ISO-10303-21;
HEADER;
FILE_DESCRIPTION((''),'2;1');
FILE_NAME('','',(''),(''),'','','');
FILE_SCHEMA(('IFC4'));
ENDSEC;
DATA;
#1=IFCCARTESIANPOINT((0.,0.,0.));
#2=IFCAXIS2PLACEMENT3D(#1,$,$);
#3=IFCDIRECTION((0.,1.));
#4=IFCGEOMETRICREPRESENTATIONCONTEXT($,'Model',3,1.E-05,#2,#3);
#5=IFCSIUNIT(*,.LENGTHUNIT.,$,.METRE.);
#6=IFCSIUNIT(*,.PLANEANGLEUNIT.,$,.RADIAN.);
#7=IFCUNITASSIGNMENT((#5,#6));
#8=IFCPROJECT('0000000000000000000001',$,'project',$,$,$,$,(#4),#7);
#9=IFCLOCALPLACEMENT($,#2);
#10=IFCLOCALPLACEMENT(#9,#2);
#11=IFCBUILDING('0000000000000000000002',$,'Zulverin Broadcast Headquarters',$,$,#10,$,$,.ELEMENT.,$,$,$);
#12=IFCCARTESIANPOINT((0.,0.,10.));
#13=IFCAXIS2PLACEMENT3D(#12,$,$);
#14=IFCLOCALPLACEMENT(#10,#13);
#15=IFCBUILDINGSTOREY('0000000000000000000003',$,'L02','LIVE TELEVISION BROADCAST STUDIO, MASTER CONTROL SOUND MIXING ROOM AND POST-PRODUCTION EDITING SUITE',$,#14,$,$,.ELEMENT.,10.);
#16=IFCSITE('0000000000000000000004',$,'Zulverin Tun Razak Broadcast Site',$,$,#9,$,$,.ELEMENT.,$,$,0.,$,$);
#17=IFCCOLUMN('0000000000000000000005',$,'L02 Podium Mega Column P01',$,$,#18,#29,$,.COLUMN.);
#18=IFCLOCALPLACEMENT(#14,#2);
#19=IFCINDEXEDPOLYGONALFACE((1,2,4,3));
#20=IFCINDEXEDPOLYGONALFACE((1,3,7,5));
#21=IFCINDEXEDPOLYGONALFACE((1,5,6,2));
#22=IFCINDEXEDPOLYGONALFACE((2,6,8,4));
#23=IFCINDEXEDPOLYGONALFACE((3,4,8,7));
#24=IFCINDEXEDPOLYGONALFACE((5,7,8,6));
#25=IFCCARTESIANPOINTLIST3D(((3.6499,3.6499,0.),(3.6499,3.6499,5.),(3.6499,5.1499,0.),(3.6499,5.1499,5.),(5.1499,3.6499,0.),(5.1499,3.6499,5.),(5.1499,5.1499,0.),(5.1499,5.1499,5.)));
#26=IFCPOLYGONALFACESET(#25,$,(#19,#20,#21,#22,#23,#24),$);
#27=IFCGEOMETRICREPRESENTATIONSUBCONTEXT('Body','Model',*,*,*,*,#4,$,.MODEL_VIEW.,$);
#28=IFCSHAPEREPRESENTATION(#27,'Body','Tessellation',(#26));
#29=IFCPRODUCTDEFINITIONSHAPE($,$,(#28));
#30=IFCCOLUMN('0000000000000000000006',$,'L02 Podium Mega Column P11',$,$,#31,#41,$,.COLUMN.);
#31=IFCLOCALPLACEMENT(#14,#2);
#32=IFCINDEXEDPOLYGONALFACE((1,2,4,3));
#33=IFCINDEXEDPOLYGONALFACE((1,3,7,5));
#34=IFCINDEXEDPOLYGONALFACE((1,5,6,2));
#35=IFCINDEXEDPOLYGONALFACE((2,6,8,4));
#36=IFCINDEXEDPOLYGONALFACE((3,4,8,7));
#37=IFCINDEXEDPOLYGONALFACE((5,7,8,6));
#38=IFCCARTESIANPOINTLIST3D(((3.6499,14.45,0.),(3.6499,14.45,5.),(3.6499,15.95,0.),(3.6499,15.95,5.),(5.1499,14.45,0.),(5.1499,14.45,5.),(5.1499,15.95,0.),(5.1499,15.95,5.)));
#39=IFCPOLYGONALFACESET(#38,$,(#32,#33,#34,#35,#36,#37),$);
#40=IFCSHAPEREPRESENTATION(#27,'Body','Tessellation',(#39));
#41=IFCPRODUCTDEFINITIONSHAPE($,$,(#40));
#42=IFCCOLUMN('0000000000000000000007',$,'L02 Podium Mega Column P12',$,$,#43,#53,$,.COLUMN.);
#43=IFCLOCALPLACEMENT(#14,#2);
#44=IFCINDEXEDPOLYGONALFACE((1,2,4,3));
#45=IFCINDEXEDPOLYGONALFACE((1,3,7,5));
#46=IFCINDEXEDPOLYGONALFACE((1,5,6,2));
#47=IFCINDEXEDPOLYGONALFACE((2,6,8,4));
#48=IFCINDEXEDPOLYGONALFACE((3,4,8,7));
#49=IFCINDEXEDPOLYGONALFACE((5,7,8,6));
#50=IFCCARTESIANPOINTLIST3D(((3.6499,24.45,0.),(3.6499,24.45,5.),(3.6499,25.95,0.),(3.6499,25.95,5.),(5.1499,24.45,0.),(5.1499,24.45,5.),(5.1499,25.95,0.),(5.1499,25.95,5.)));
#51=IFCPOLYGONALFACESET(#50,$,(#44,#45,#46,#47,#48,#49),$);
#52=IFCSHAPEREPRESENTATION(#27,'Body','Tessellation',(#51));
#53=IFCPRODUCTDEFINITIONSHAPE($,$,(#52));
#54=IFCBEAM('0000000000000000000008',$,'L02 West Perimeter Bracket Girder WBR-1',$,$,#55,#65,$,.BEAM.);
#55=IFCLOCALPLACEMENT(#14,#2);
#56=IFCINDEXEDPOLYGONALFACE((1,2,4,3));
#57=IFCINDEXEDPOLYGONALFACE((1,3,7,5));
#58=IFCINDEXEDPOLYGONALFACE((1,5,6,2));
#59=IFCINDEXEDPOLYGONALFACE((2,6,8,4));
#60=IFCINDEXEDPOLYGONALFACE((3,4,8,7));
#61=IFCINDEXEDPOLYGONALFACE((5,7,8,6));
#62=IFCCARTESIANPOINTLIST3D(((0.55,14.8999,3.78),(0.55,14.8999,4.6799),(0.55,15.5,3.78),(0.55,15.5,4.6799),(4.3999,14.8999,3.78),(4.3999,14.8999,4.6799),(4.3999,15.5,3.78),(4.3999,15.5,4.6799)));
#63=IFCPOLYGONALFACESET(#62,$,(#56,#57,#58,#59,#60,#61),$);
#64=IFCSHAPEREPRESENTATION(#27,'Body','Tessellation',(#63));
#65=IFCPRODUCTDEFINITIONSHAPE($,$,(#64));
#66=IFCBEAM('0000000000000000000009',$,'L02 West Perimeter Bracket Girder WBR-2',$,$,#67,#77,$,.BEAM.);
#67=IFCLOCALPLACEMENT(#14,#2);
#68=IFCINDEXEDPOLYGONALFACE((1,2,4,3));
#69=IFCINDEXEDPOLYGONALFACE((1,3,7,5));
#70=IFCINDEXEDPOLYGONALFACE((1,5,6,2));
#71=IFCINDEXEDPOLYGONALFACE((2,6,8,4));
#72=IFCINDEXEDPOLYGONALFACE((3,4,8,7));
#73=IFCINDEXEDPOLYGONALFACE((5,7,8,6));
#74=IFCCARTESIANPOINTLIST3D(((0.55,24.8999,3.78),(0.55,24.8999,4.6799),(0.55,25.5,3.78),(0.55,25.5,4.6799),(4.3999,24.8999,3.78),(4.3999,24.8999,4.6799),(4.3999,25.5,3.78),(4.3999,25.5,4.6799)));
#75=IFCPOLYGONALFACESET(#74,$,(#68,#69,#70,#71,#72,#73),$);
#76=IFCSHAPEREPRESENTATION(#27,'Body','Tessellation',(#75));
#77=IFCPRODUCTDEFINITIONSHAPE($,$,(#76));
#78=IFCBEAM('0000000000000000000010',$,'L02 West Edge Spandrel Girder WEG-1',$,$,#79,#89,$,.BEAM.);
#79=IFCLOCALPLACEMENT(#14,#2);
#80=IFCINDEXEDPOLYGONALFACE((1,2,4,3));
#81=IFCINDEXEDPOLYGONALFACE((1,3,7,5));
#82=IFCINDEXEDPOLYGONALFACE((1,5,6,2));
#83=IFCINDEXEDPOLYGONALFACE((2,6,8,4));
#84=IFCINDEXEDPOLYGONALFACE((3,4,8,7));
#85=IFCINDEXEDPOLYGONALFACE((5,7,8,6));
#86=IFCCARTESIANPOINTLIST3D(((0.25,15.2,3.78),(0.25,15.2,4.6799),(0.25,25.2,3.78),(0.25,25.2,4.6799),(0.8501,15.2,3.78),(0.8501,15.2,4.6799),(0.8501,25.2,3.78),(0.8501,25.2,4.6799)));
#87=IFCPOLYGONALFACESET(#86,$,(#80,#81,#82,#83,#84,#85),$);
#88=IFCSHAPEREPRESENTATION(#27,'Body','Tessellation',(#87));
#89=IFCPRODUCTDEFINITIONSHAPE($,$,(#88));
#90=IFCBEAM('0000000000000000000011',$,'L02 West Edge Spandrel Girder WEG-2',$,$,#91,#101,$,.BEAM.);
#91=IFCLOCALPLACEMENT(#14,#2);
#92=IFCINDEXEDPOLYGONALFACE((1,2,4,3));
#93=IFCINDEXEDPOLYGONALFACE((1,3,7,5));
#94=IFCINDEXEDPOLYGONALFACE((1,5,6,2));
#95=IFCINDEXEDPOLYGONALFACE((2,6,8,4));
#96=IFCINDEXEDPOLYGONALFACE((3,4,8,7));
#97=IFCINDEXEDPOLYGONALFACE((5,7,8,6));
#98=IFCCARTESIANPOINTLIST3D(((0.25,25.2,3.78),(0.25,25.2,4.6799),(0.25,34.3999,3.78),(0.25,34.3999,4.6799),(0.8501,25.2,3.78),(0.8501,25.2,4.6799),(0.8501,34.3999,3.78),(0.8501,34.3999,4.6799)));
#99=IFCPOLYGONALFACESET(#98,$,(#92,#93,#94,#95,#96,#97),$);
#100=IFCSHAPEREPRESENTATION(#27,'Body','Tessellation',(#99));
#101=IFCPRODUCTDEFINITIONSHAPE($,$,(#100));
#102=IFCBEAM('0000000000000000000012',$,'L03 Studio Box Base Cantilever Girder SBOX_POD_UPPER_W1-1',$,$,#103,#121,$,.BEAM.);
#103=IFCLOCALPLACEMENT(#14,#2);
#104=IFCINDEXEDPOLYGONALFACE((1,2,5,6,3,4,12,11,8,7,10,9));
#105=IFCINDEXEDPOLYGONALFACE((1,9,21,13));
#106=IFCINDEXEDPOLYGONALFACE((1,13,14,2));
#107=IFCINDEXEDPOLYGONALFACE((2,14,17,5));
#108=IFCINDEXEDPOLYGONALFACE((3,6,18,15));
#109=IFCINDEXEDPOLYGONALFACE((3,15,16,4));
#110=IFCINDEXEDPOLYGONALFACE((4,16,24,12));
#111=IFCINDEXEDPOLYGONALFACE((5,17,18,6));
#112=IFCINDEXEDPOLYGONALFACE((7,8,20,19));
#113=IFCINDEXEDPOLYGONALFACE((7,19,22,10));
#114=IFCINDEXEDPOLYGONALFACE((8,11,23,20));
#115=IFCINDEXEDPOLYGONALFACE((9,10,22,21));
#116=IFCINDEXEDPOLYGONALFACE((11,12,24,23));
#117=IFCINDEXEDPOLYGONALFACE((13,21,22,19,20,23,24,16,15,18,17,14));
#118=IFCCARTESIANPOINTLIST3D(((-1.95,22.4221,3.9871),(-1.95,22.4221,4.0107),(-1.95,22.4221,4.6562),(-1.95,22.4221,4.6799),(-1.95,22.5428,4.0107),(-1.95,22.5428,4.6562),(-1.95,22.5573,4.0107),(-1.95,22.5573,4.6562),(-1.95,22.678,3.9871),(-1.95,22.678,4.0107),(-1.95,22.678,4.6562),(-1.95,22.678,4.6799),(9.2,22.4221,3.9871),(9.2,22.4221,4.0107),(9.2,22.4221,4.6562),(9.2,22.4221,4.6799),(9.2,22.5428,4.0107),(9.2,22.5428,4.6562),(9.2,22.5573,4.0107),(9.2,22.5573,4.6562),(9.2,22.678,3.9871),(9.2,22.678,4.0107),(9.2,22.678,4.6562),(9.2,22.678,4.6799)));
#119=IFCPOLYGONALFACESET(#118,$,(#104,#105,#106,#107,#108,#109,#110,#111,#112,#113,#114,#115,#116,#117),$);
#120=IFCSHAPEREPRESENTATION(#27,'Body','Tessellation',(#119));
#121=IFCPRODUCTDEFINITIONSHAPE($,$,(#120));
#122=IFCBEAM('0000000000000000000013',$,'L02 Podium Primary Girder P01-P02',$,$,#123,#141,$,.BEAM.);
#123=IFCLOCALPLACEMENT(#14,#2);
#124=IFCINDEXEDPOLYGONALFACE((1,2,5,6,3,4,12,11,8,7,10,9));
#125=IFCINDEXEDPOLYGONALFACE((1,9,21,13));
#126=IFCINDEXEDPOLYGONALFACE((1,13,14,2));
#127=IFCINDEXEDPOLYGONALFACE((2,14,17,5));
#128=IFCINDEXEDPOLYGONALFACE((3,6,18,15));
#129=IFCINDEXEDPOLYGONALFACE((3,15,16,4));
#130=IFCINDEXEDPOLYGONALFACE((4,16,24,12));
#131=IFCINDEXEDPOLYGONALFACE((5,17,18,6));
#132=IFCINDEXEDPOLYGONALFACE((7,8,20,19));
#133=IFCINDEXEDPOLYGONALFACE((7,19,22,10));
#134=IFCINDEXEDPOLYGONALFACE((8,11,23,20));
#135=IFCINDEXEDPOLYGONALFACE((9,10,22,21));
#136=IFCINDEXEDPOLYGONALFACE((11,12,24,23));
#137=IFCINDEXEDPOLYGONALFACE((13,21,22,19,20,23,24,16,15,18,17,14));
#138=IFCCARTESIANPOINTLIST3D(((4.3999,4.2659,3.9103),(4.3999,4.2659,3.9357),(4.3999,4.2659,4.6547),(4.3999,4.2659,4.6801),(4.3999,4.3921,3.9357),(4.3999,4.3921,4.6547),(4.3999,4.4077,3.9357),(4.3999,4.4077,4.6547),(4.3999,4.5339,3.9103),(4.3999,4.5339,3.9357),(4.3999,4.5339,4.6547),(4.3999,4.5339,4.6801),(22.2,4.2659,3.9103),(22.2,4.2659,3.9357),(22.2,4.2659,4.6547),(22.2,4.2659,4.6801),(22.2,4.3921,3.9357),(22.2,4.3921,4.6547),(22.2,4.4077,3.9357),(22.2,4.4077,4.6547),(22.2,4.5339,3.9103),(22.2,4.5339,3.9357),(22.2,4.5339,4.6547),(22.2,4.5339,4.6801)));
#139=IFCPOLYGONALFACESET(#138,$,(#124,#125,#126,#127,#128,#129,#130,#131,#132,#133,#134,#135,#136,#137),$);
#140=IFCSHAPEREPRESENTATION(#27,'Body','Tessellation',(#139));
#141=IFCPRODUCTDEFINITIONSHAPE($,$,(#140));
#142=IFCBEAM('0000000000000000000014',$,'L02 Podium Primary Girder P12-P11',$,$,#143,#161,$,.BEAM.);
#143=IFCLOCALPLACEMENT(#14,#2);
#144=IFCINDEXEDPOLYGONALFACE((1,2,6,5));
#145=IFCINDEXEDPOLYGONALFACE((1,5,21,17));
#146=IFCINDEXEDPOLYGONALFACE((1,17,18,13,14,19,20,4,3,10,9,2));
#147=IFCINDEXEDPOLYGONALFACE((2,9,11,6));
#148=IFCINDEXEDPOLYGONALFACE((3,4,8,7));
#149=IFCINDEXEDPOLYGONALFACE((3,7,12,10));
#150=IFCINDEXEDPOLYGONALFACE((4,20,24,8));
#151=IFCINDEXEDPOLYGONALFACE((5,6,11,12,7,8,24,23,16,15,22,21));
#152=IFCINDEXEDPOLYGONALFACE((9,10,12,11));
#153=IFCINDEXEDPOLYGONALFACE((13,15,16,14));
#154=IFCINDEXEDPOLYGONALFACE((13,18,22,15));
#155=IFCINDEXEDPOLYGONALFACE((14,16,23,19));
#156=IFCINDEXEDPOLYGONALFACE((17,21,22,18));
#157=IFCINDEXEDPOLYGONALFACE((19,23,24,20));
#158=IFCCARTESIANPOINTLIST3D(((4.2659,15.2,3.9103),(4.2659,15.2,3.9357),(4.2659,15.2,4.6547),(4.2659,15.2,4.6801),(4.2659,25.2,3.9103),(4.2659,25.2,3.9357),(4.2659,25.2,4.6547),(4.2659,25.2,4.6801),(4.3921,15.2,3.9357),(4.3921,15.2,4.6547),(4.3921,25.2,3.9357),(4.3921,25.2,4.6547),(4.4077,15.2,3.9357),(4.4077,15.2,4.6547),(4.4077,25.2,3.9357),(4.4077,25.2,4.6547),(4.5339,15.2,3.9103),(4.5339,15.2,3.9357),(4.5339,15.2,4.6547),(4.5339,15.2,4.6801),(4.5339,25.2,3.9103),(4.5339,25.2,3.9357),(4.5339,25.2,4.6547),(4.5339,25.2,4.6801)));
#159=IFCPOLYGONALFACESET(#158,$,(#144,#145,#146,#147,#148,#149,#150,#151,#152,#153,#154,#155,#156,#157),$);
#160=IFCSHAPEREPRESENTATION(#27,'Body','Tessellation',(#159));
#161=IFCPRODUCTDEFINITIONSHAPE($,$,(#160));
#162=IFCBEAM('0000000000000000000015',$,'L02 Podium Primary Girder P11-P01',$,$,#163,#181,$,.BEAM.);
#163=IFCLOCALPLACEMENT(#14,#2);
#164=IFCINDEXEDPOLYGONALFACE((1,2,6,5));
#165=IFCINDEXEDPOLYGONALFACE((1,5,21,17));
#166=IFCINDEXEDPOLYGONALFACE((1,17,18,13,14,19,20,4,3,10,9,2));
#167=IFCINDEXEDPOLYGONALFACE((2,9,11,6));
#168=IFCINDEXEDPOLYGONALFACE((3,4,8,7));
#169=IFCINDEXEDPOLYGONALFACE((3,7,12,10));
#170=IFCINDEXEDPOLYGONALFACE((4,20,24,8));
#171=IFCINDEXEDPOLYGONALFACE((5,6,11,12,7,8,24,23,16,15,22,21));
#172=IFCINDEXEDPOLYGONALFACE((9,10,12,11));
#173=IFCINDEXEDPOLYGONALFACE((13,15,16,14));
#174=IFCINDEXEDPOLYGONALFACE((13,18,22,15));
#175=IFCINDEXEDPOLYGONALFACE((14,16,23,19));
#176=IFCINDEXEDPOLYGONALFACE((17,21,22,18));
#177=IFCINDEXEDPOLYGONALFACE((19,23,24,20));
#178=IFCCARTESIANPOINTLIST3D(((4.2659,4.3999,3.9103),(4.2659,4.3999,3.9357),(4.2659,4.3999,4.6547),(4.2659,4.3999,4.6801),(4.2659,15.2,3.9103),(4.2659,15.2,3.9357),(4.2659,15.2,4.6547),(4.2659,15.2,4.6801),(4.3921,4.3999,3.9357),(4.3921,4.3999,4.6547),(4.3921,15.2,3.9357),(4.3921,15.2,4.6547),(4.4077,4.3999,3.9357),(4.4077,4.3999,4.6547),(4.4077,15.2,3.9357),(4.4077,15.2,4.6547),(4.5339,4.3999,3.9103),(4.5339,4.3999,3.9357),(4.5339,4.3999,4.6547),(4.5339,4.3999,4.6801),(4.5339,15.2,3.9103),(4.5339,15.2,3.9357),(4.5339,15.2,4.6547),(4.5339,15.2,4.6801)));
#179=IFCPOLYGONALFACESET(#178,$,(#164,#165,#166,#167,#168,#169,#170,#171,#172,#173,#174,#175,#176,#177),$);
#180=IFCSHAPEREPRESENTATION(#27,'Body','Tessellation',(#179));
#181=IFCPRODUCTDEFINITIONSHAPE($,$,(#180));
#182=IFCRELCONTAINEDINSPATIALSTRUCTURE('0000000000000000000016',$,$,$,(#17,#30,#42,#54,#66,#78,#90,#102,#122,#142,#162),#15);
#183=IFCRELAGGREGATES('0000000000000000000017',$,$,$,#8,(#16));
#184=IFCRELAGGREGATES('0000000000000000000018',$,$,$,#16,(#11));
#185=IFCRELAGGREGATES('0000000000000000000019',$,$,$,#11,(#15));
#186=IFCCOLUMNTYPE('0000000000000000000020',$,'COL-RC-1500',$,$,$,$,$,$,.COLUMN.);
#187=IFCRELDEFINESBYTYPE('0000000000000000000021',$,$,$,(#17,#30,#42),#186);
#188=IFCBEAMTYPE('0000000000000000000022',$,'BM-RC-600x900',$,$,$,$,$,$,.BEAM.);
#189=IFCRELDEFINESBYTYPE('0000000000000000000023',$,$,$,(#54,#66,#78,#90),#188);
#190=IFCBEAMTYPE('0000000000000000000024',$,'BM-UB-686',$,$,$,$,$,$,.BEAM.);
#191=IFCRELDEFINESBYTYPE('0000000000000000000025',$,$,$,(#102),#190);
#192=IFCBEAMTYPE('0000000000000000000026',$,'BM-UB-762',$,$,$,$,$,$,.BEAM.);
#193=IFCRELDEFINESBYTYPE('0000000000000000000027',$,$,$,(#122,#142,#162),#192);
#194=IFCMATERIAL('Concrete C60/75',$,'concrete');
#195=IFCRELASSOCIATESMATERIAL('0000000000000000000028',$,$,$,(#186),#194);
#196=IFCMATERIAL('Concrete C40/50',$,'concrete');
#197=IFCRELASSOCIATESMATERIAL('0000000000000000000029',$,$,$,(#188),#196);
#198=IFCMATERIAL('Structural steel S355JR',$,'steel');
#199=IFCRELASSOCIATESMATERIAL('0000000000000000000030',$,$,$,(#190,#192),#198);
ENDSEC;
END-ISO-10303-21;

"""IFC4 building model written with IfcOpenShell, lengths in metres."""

from ifc_helpers import new_model, si_unit, direction, frame, origin, origin_2d, place, context, subcontext, project, spatial, rectangle, i_section, extrude, material, material_profile, profile_set, type_object, element, save


model = new_model("IFC4")

# Units and contexts
model_context = context("Model", 3, precision=1e-05, world=origin(), true_north=direction((0.0, 1.0)))
body_context = subcontext(model_context, "Body", "Model", "MODEL_VIEW")
ifc_project = project(units=[si_unit("LENGTHUNIT", "METRE"), si_unit("PLANEANGLEUNIT", "RADIAN")], contexts=[model_context])

# Site, building, storey
site_placement = place(None, origin())
site = spatial("IfcSite", under=ifc_project, at=site_placement, Name="Zulverin Tun Razak Broadcast Site", CompositionType="ELEMENT", RefElevation=0.0)
building_placement = place(site_placement, origin())
building = spatial("IfcBuilding", under=site, at=building_placement, Name="Zulverin Broadcast Headquarters", CompositionType="ELEMENT")
storey_placement = place(building_placement, frame((0.0, 0.0, 10.0)))
storey = spatial("IfcBuildingStorey", under=building, at=storey_placement, Name="L02", Description="LIVE TELEVISION BROADCAST STUDIO, MASTER CONTROL SOUND MIXING ROOM AND POST-PRODUCTION EDITING SUITE", CompositionType="ELEMENT", Elevation=10.0)

# Columns
ifc_material_1 = material(Name="Concrete C60/75", Category="concrete")
ifc_material_profile_1 = material_profile(ifc_material_1, rectangle(XDim=1.5, YDim=1.5, at=origin_2d()), Name="Concrete C60/75", Category="concrete")
ifc_profile_set_1 = profile_set([ifc_material_profile_1], Name="Concrete C60/75")
column_type = type_object("IfcColumnType", Name="COL-RC-1500", PredefinedType="COLUMN", material=ifc_profile_set_1)
for number, where, z_axis, x_axis, name in (
    (1, (4.3999, 4.3999, 0.0), (0.0, 0.0, 1.0), (1.0, 0.0, 0.0), "L02 Podium Mega Column P01"),
    (2, (4.3999, 15.2, 0.0), (0.0, 0.0, 1.0), (1.0, 0.0, 0.0), "L02 Podium Mega Column P11"),
    (3, (4.3999, 25.2, 0.0), (0.0, 0.0, 1.0), (1.0, 0.0, 0.0), "L02 Podium Mega Column P12"),
):
    element("IfcColumn", number, at=place(storey_placement, frame(where, z_axis=z_axis, x_axis=x_axis)), inside=storey, type_object=column_type, Name=name, PredefinedType="COLUMN", context=body_context, shape_type="SweptSolid", body=[
        extrude(rectangle(XDim=1.5, YDim=1.5, at=origin_2d()), origin(), (0.0, 0.0, 1.0), 5.0),
    ])

# Beams
ifc_material_2 = material(Name="Concrete C40/50", Category="concrete")
ifc_material_profile_2 = material_profile(ifc_material_2, rectangle(XDim=0.6001, YDim=0.8999, at=origin_2d()), Name="Concrete C40/50", Category="concrete")
ifc_profile_set_2 = profile_set([ifc_material_profile_2], Name="Concrete C40/50")
beam_type_1 = type_object("IfcBeamType", Name="BM-RC-600x900", PredefinedType="BEAM", material=ifc_profile_set_2)
for number, where, z_axis, x_axis, name in (
    (4, (4.3999, 15.2, 4.23), (-1.0, 0.0, 0.0), (0.0, -1.0, 0.0), "L02 West Perimeter Bracket Girder WBR-1"),
    (5, (4.3999, 25.2, 4.23), (-1.0, 0.0, 0.0), (0.0, -1.0, 0.0), "L02 West Perimeter Bracket Girder WBR-2"),
):
    element("IfcBeam", number, at=place(storey_placement, frame(where, z_axis=z_axis, x_axis=x_axis)), inside=storey, type_object=beam_type_1, Name=name, PredefinedType="BEAM", context=body_context, shape_type="SweptSolid", body=[
        extrude(rectangle(XDim=0.6001, YDim=0.8999, at=origin_2d()), origin(), (0.0, 0.0, 1.0), 3.8499),
    ])
beam_1_placement = place(storey_placement, frame((0.55, 15.2, 4.23), z_axis=(0.0, 1.0, 0.0), x_axis=(-1.0, 0.0, 0.0)))
element("IfcBeam", 6, at=beam_1_placement, inside=storey, type_object=beam_type_1, Name="L02 West Edge Spandrel Girder WEG-1", PredefinedType="BEAM", context=body_context, shape_type="SweptSolid", body=[
    extrude(rectangle(XDim=0.6001, YDim=0.8999, at=origin_2d()), origin(), (0.0, 0.0, 1.0), 10.0),
])
beam_2_placement = place(storey_placement, frame((0.55, 25.2, 4.23), z_axis=(0.0, 1.0, 0.0), x_axis=(-1.0, 0.0, 0.0)))
element("IfcBeam", 7, at=beam_2_placement, inside=storey, type_object=beam_type_1, Name="L02 West Edge Spandrel Girder WEG-2", PredefinedType="BEAM", context=body_context, shape_type="SweptSolid", body=[
    extrude(rectangle(XDim=0.6001, YDim=0.8999, at=origin_2d()), origin(), (0.0, 0.0, 1.0), 9.2),
])
ifc_material_3 = material(Name="Structural steel S355JR", Category="steel")
ifc_material_profile_3 = material_profile(ifc_material_3, i_section(OverallWidth=0.2559, OverallDepth=0.6929, WebThickness=0.0144, FlangeThickness=0.0237, at=origin_2d()), Name="Structural steel S355JR", Category="steel")
ifc_profile_set_3 = profile_set([ifc_material_profile_3], Name="Structural steel S355JR")
beam_type_2 = type_object("IfcBeamType", Name="BM-UB-686", PredefinedType="BEAM", material=ifc_profile_set_3)
beam_3_placement = place(storey_placement, frame((9.2, 22.55, 4.3335), z_axis=(-1.0, 0.0, 0.0), x_axis=(0.0, -1.0, 0.0)))
element("IfcBeam", 8, at=beam_3_placement, inside=storey, type_object=beam_type_2, Name="L03 Studio Box Base Cantilever Girder SBOX_POD_UPPER_W1-1", PredefinedType="BEAM", context=body_context, shape_type="SweptSolid", body=[
    extrude(i_section(OverallWidth=0.2559, OverallDepth=0.6929, WebThickness=0.0144, FlangeThickness=0.0237, at=origin_2d()), origin(), (0.0, 0.0, 1.0), 11.1499),
])
ifc_material_profile_4 = material_profile(ifc_material_3, i_section(OverallWidth=0.2681, OverallDepth=0.7698, WebThickness=0.0156, FlangeThickness=0.0254, at=origin_2d()), Name="Structural steel S355JR", Category="steel")
ifc_profile_set_4 = profile_set([ifc_material_profile_4], Name="Structural steel S355JR")
beam_type_3 = type_object("IfcBeamType", Name="BM-UB-762", PredefinedType="BEAM", material=ifc_profile_set_4)
beam_4_placement = place(storey_placement, frame((4.3999, 4.3999, 4.2952), z_axis=(1.0, 0.0, 0.0), x_axis=(0.0, 1.0, 0.0)))
element("IfcBeam", 9, at=beam_4_placement, inside=storey, type_object=beam_type_3, Name="L02 Podium Primary Girder P01-P02", PredefinedType="BEAM", context=body_context, shape_type="SweptSolid", body=[
    extrude(i_section(OverallWidth=0.2681, OverallDepth=0.7698, WebThickness=0.0156, FlangeThickness=0.0254, at=origin_2d()), origin(), (0.0, 0.0, 1.0), 17.8),
])
beam_5_placement = place(storey_placement, frame((4.3999, 25.2, 4.2952), z_axis=(0.0, -1.0, 0.0), x_axis=(1.0, 0.0, 0.0)))
element("IfcBeam", 10, at=beam_5_placement, inside=storey, type_object=beam_type_3, Name="L02 Podium Primary Girder P12-P11", PredefinedType="BEAM", context=body_context, shape_type="SweptSolid", body=[
    extrude(i_section(OverallWidth=0.2681, OverallDepth=0.7698, WebThickness=0.0156, FlangeThickness=0.0254, at=origin_2d()), origin(), (0.0, 0.0, 1.0), 10.0),
])
beam_6_placement = place(storey_placement, frame((4.3999, 15.2, 4.2952), z_axis=(0.0, -1.0, 0.0), x_axis=(1.0, 0.0, 0.0)))
element("IfcBeam", 11, at=beam_6_placement, inside=storey, type_object=beam_type_3, Name="L02 Podium Primary Girder P11-P01", PredefinedType="BEAM", context=body_context, shape_type="SweptSolid", body=[
    extrude(i_section(OverallWidth=0.2681, OverallDepth=0.7698, WebThickness=0.0156, FlangeThickness=0.0254, at=origin_2d()), origin(), (0.0, 0.0, 1.0), 10.8),
])

save(model, "model.ifc")
